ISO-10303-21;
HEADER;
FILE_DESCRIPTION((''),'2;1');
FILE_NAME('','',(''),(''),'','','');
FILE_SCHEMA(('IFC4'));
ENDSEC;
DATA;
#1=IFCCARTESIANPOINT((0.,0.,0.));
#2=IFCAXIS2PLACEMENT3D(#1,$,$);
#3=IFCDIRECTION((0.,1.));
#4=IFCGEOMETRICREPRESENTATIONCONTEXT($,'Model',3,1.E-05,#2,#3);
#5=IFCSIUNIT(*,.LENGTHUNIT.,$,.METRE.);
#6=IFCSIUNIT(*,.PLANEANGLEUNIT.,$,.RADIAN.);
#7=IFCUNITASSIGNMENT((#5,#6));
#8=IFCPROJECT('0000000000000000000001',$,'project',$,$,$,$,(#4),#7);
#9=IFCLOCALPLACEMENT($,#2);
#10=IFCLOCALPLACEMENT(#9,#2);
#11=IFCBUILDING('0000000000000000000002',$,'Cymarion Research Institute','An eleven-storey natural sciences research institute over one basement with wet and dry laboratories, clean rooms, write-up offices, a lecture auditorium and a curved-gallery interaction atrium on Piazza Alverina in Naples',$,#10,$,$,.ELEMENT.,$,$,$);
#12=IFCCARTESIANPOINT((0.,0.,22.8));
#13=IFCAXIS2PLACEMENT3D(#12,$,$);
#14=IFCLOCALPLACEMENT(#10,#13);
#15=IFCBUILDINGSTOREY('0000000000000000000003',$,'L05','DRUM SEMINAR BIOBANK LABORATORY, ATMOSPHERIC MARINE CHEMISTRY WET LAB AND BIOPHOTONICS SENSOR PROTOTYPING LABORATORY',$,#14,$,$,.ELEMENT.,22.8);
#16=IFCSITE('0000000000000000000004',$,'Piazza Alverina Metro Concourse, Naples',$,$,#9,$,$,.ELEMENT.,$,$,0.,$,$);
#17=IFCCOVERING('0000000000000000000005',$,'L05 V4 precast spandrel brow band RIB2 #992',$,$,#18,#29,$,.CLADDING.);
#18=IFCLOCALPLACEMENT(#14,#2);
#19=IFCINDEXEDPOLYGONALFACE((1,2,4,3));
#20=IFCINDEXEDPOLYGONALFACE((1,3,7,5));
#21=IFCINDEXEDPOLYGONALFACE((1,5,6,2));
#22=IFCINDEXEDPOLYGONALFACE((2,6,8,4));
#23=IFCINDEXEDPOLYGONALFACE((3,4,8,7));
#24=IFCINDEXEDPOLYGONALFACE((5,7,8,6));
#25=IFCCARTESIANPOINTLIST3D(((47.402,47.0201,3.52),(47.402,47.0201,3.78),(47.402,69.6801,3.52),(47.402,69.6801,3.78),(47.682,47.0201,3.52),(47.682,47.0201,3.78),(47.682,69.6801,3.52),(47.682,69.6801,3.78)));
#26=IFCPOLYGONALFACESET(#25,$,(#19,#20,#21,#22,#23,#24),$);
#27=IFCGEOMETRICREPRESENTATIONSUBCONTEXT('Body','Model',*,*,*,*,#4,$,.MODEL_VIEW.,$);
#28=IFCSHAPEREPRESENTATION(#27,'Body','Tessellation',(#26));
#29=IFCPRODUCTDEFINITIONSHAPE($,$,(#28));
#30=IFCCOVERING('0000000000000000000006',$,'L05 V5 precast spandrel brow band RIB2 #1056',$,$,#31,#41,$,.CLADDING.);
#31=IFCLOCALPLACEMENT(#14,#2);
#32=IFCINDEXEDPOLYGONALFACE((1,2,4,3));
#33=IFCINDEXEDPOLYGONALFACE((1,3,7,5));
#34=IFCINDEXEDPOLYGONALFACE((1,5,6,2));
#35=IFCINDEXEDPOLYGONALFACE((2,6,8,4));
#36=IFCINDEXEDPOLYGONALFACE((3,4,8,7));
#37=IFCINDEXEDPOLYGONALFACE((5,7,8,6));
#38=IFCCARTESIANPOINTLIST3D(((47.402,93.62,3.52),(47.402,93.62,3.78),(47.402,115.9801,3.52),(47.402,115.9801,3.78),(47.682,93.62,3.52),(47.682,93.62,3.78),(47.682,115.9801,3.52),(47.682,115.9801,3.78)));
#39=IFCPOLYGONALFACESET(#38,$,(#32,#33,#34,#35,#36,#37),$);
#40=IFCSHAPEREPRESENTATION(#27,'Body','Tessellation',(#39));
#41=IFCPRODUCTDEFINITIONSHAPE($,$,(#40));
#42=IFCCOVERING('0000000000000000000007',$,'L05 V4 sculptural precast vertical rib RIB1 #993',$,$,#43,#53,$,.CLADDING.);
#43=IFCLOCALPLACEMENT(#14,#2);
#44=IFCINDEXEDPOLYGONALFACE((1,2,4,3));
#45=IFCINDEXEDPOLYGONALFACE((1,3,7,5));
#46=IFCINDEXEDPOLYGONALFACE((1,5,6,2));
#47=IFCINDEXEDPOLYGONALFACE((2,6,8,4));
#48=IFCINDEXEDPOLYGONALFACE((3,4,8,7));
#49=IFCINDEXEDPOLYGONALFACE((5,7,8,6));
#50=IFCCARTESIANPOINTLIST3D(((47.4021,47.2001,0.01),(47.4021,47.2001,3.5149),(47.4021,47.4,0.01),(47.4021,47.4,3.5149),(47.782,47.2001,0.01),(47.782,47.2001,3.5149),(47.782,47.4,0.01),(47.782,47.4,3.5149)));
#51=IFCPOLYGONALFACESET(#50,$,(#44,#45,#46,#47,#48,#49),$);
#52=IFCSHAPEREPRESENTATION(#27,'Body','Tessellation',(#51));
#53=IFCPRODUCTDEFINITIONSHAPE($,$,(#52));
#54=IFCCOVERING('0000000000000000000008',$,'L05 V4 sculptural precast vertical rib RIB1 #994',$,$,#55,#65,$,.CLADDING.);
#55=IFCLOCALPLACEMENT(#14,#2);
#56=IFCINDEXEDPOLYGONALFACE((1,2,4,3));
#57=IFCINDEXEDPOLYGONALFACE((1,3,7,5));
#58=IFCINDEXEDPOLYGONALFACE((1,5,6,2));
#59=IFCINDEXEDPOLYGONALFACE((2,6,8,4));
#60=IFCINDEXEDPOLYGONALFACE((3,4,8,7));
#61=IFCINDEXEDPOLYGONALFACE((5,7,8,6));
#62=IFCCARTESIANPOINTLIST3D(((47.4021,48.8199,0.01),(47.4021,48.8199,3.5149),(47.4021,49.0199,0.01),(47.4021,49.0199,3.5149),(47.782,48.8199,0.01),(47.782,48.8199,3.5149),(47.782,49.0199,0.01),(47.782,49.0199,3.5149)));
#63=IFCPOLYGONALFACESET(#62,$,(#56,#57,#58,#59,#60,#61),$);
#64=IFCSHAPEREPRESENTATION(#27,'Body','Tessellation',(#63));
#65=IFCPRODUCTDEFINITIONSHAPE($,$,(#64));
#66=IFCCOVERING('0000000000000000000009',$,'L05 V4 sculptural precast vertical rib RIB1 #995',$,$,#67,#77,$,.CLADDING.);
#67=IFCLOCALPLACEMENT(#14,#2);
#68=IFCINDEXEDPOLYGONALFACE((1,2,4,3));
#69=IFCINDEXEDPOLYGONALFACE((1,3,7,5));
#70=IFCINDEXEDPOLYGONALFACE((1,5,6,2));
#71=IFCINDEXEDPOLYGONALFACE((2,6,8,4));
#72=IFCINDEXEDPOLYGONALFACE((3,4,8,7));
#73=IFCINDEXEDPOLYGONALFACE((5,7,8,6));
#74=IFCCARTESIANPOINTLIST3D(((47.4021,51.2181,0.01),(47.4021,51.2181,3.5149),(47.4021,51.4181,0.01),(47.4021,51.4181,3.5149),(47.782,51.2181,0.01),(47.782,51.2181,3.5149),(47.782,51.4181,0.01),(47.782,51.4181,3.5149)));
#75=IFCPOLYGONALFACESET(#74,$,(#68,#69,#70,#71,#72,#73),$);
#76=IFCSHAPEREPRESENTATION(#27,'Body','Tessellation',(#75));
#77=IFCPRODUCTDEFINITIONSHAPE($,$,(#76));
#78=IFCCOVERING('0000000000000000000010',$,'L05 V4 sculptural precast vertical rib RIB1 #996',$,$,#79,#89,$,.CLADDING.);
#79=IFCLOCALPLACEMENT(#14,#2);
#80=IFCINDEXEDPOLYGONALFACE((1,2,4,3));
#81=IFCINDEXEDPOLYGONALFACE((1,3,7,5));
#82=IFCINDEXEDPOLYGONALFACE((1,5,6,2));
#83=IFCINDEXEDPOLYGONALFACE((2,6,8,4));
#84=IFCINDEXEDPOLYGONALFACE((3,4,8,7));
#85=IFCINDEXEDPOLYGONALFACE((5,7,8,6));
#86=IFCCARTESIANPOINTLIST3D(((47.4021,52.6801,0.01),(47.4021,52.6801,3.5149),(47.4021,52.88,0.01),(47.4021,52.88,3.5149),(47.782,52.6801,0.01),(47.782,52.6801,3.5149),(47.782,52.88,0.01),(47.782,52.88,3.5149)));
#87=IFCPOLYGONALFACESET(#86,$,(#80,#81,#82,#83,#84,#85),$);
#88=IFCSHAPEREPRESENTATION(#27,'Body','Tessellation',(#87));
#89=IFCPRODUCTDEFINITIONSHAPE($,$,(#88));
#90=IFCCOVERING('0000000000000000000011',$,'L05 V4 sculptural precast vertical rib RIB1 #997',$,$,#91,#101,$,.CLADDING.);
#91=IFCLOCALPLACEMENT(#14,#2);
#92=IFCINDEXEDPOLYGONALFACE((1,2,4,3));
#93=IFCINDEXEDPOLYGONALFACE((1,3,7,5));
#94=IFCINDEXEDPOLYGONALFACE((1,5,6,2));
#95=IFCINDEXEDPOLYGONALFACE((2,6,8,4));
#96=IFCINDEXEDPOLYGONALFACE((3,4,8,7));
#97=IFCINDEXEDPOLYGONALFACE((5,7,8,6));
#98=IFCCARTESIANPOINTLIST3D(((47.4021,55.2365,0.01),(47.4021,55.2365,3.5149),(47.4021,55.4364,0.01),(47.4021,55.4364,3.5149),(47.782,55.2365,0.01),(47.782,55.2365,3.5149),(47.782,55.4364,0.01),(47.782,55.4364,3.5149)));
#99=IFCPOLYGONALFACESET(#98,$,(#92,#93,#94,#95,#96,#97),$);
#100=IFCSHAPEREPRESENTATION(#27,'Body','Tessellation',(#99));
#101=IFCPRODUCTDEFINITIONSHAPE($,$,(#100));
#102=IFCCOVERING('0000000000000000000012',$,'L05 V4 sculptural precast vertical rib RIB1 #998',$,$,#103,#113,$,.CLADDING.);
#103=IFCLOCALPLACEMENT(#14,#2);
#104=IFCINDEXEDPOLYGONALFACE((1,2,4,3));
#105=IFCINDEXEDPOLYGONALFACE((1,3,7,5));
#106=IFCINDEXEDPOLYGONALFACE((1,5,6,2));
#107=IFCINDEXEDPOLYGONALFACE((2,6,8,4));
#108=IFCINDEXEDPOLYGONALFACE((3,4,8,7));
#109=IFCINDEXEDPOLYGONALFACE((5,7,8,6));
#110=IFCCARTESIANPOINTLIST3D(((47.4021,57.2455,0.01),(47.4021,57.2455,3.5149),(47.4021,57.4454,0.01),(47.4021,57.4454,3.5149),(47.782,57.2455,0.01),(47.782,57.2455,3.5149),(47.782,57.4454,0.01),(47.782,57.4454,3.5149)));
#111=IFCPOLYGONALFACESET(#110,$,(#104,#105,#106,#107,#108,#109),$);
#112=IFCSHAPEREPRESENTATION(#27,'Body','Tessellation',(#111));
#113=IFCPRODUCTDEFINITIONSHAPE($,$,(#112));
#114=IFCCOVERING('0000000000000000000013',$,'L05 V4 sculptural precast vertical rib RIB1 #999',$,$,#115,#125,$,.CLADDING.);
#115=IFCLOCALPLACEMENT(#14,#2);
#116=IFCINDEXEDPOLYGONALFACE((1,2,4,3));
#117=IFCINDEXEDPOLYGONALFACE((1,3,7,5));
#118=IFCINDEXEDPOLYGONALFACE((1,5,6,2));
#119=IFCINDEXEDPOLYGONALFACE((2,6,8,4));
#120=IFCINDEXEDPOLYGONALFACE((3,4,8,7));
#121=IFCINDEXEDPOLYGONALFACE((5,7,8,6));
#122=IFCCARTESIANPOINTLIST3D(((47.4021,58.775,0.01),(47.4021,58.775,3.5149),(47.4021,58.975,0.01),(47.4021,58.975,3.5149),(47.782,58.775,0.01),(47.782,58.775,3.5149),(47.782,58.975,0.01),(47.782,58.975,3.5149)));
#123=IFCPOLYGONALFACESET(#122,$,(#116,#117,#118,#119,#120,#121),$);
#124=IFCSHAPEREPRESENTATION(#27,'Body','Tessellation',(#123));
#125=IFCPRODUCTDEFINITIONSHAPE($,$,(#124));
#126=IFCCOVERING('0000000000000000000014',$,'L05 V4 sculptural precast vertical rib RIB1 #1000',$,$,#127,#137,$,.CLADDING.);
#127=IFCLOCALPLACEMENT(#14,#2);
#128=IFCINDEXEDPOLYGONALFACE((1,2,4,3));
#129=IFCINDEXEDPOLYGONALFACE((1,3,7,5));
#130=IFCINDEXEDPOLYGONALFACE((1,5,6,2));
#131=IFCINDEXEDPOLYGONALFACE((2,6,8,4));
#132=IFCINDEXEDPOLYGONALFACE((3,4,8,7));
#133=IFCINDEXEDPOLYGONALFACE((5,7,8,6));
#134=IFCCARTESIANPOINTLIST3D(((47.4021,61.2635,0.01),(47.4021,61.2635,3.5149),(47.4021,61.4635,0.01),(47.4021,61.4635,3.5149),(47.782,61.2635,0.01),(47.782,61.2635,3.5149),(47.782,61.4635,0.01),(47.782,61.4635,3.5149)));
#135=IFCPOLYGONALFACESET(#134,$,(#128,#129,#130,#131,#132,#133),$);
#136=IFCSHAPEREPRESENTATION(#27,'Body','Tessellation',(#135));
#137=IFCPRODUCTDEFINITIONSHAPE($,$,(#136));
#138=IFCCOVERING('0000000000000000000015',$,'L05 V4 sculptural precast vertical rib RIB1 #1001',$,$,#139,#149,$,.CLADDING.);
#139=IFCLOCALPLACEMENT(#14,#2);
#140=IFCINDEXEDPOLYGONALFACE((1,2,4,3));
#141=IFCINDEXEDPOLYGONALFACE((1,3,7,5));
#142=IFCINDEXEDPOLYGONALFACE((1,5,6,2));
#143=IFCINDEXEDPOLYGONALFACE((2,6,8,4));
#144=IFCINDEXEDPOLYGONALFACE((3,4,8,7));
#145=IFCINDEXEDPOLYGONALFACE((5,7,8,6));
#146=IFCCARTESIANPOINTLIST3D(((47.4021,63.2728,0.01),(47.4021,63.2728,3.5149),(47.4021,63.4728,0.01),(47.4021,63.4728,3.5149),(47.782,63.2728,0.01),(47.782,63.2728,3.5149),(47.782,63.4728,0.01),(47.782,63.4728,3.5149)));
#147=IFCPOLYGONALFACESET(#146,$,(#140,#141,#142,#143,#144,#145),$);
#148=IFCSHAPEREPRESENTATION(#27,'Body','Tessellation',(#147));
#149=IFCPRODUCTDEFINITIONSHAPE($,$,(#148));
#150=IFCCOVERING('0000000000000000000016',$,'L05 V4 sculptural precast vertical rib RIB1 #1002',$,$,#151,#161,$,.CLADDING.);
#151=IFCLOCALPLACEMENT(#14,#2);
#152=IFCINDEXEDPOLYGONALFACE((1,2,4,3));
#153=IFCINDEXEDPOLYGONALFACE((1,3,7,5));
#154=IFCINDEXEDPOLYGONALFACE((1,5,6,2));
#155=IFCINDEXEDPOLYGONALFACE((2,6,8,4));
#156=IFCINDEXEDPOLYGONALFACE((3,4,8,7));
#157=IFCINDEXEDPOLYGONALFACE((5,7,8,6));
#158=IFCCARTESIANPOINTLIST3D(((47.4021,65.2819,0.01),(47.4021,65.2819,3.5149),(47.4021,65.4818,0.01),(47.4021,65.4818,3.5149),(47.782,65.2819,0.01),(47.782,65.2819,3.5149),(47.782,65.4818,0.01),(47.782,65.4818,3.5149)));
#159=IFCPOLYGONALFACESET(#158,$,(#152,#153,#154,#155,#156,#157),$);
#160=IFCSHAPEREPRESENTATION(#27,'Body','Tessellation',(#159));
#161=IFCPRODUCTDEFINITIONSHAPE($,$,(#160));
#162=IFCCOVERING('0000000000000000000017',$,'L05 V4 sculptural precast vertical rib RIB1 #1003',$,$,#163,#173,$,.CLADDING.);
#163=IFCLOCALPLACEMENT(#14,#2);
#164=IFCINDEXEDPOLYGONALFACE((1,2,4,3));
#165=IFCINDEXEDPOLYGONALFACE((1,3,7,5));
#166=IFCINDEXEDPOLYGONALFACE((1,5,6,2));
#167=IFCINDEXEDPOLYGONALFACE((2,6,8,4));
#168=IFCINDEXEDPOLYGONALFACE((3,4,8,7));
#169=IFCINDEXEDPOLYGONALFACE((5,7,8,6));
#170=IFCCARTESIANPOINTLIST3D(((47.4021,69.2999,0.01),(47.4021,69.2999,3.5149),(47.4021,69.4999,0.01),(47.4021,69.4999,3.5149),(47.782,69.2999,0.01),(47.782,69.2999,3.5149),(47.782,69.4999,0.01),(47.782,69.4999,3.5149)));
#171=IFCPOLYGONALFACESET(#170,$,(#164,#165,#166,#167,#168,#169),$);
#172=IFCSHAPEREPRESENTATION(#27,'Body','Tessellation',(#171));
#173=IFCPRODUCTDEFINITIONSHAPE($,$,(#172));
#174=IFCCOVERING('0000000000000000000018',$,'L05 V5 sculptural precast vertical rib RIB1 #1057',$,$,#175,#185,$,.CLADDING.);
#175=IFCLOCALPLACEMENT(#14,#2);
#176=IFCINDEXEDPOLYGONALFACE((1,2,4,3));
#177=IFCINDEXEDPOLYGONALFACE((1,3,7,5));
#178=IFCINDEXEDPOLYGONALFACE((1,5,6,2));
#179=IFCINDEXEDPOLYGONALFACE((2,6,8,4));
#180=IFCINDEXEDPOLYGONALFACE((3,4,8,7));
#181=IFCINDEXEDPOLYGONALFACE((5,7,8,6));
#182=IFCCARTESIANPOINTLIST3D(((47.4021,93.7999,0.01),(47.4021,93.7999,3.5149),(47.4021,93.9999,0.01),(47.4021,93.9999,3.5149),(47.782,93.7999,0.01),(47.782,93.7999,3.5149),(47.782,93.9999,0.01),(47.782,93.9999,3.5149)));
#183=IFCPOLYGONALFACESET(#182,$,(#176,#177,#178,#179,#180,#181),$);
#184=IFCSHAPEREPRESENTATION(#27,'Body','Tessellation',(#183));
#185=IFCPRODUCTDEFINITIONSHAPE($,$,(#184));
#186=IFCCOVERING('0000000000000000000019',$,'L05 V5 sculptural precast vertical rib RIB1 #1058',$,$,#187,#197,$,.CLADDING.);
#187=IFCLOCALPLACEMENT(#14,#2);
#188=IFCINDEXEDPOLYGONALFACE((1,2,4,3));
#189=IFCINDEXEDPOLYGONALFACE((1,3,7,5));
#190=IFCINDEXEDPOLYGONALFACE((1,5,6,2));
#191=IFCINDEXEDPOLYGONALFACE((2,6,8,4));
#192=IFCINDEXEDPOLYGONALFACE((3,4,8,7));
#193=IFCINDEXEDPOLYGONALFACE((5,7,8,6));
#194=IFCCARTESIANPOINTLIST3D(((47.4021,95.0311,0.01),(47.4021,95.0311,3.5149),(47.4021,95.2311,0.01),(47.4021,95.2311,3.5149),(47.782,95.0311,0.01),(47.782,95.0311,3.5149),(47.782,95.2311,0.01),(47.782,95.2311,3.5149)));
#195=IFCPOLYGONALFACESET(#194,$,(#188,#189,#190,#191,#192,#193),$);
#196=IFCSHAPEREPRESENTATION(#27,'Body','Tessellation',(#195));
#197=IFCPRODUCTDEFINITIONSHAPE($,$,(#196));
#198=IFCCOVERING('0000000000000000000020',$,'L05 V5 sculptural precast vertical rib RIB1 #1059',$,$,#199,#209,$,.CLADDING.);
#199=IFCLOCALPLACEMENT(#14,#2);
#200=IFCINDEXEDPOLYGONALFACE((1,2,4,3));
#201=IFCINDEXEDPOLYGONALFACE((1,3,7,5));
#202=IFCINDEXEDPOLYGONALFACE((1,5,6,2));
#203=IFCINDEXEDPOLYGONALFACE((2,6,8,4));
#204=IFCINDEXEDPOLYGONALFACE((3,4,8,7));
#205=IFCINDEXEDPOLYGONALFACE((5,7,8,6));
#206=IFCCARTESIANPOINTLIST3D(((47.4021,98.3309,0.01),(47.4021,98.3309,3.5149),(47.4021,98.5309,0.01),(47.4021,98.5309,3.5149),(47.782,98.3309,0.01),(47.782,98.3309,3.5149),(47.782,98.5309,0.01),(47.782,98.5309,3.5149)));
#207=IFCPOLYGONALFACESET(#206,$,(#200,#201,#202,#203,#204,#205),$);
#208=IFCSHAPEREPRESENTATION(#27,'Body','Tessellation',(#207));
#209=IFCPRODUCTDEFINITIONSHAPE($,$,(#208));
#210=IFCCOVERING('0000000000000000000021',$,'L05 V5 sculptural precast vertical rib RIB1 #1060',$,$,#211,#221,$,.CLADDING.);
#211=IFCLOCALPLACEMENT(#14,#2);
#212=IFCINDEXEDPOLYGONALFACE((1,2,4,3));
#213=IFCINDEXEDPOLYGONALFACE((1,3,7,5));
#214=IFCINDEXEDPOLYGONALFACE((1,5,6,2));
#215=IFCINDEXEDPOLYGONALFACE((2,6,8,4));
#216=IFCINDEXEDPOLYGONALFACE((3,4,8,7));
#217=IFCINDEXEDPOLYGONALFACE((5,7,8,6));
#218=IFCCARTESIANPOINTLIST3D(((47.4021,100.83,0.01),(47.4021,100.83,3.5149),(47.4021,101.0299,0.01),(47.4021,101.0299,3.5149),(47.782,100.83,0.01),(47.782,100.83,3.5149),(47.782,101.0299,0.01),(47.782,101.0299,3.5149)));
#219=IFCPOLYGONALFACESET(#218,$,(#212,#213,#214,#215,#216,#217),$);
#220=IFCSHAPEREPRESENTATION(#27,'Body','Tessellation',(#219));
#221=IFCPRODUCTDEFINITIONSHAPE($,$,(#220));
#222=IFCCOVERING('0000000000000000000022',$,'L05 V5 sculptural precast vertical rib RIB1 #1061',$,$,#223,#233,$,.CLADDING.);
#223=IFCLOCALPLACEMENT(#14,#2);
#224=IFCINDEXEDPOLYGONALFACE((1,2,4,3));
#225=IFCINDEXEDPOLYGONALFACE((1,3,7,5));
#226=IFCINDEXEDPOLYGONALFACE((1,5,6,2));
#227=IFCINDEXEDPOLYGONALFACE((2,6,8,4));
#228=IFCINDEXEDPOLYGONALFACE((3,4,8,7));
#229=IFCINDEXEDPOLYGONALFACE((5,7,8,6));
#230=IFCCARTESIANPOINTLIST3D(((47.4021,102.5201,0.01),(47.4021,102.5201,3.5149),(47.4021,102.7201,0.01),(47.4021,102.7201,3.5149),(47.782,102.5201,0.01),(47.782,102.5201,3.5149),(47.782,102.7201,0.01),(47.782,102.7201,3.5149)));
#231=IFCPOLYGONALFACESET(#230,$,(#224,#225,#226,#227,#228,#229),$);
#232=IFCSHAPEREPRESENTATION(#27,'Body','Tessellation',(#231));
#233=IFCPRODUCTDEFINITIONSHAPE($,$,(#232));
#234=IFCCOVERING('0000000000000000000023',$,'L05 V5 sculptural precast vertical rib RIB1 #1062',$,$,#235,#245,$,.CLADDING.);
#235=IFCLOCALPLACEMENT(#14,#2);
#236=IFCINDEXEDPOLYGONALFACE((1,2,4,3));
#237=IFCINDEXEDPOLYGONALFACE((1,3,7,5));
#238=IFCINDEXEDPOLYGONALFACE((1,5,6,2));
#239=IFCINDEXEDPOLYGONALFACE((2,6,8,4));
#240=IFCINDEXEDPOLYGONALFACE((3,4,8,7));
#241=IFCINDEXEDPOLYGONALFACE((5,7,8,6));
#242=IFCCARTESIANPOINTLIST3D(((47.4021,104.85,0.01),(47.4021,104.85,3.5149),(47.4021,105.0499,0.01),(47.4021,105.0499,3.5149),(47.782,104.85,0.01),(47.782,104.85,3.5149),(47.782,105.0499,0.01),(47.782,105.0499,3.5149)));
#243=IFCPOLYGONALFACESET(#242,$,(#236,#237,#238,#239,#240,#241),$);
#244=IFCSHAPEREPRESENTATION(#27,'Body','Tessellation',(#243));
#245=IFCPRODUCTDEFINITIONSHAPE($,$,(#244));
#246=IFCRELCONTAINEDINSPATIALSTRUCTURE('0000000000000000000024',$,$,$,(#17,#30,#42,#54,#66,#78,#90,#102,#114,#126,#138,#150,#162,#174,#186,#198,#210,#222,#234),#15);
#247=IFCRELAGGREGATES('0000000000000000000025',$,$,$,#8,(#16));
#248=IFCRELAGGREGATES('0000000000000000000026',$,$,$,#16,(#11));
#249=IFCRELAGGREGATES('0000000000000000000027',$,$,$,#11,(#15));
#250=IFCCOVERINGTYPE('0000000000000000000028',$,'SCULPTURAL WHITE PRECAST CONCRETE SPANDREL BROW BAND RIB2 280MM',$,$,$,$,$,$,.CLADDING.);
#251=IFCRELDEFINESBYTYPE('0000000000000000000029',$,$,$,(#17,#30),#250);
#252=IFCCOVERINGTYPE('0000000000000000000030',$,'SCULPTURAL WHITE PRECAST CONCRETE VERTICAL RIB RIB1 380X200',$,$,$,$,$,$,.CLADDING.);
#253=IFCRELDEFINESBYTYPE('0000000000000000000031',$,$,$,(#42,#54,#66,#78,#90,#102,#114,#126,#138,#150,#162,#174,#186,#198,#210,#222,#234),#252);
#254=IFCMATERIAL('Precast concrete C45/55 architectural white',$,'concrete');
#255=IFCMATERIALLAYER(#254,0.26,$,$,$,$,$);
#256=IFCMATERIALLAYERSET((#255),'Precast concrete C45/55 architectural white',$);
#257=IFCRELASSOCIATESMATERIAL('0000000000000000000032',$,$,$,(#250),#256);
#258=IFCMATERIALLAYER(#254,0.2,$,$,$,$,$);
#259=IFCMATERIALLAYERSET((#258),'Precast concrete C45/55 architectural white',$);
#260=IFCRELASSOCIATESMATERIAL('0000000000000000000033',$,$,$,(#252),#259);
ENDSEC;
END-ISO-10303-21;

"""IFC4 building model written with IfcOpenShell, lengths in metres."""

from ifc_helpers import new_model, si_unit, direction, frame, origin, origin_2d, place, context, subcontext, project, spatial, rectangle, extrude, material, layer, layer_set, type_object, element, save


model = new_model("IFC4")

# Units and contexts
model_context = context("Model", 3, precision=1e-05, world=origin(), true_north=direction((0.0, 1.0)))
body_context = subcontext(model_context, "Body", "Model", "MODEL_VIEW")
ifc_project = project(units=[si_unit("LENGTHUNIT", "METRE"), si_unit("PLANEANGLEUNIT", "RADIAN")], contexts=[model_context])

# Site, building, storey
site_placement = place(None, origin())
site = spatial("IfcSite", under=ifc_project, at=site_placement, Name="Piazza Alverina Metro Concourse, Naples", CompositionType="ELEMENT", RefElevation=0.0)
building_placement = place(site_placement, origin())
building = spatial("IfcBuilding", under=site, at=building_placement, Name="Cymarion Research Institute", Description="An eleven-storey natural sciences research institute over one basement with wet and dry laboratories, clean rooms, write-up offices, a lecture auditorium and a curved-gallery interaction atrium on Piazza Alverina in Naples", CompositionType="ELEMENT")
storey_placement = place(building_placement, frame((0.0, 0.0, 22.8)))
storey = spatial("IfcBuildingStorey", under=building, at=storey_placement, Name="L05", Description="DRUM SEMINAR BIOBANK LABORATORY, ATMOSPHERIC MARINE CHEMISTRY WET LAB AND BIOPHOTONICS SENSOR PROTOTYPING LABORATORY", CompositionType="ELEMENT", Elevation=22.8)

# Coverings
ifc_material_1 = material(Name="Precast concrete C45/55 architectural white", Category="concrete")
ifc_layer_1 = layer(ifc_material_1, 0.26)
ifc_layer_set_1 = layer_set([ifc_layer_1], Name="Precast concrete C45/55 architectural white")
covering_type_1 = type_object("IfcCoveringType", Name="SCULPTURAL WHITE PRECAST CONCRETE SPANDREL BROW BAND RIB2 280MM", PredefinedType="CLADDING", material=ifc_layer_set_1)
covering_1_placement = place(storey_placement, frame((47.542, 58.3501, 3.52), z_axis=(0.0, 0.0, 1.0), x_axis=(1.0, 0.0, 0.0)))
element("IfcCovering", 1, at=covering_1_placement, inside=storey, type_object=covering_type_1, Name="L05 V4 precast spandrel brow band RIB2 #992", PredefinedType="CLADDING", context=body_context, shape_type="SweptSolid", body=[
    extrude(rectangle(XDim=0.28, YDim=22.6599, at=origin_2d()), origin(), (0.0, 0.0, 1.0), 0.26),
])
covering_2_placement = place(storey_placement, frame((47.542, 104.8, 3.52), z_axis=(0.0, 0.0, 1.0), x_axis=(1.0, 0.0, 0.0)))
element("IfcCovering", 2, at=covering_2_placement, inside=storey, type_object=covering_type_1, Name="L05 V5 precast spandrel brow band RIB2 #1056", PredefinedType="CLADDING", context=body_context, shape_type="SweptSolid", body=[
    extrude(rectangle(XDim=0.28, YDim=22.3601, at=origin_2d()), origin(), (0.0, 0.0, 1.0), 0.26),
])
ifc_layer_2 = layer(ifc_material_1, 0.2)
ifc_layer_set_2 = layer_set([ifc_layer_2], Name="Precast concrete C45/55 architectural white")
covering_type_2 = type_object("IfcCoveringType", Name="SCULPTURAL WHITE PRECAST CONCRETE VERTICAL RIB RIB1 380X200", PredefinedType="CLADDING", material=ifc_layer_set_2)
for number, where, z_axis, x_axis, name in (
    (3, (47.592, 47.3, 0.01), (0.0, 0.0, 1.0), (1.0, 0.0, 0.0), "L05 V4 sculptural precast vertical rib RIB1 #993"),
    (4, (47.592, 48.9199, 0.01), (0.0, 0.0, 1.0), (1.0, 0.0, 0.0), "L05 V4 sculptural precast vertical rib RIB1 #994"),
    (5, (47.592, 51.3181, 0.01), (0.0, 0.0, 1.0), (1.0, 0.0, 0.0), "L05 V4 sculptural precast vertical rib RIB1 #995"),
    (6, (47.592, 52.78, 0.01), (0.0, 0.0, 1.0), (1.0, 0.0, 0.0), "L05 V4 sculptural precast vertical rib RIB1 #996"),
    (7, (47.592, 55.3364, 0.01), (0.0, 0.0, 1.0), (1.0, 0.0, 0.0), "L05 V4 sculptural precast vertical rib RIB1 #997"),
    (8, (47.592, 57.3455, 0.01), (0.0, 0.0, 1.0), (1.0, 0.0, 0.0), "L05 V4 sculptural precast vertical rib RIB1 #998"),
    (9, (47.592, 58.875, 0.01), (0.0, 0.0, 1.0), (1.0, 0.0, 0.0), "L05 V4 sculptural precast vertical rib RIB1 #999"),
    (10, (47.592, 61.3635, 0.01), (0.0, 0.0, 1.0), (1.0, 0.0, 0.0), "L05 V4 sculptural precast vertical rib RIB1 #1000"),
    (11, (47.592, 63.3728, 0.01), (0.0, 0.0, 1.0), (1.0, 0.0, 0.0), "L05 V4 sculptural precast vertical rib RIB1 #1001"),
    (12, (47.592, 65.3818, 0.01), (0.0, 0.0, 1.0), (1.0, 0.0, 0.0), "L05 V4 sculptural precast vertical rib RIB1 #1002"),
    (13, (47.592, 69.3999, 0.01), (0.0, 0.0, 1.0), (1.0, 0.0, 0.0), "L05 V4 sculptural precast vertical rib RIB1 #1003"),
    (14, (47.592, 93.8999, 0.01), (0.0, 0.0, 1.0), (1.0, 0.0, 0.0), "L05 V5 sculptural precast vertical rib RIB1 #1057"),
    (15, (47.592, 95.1311, 0.01), (0.0, 0.0, 1.0), (1.0, 0.0, 0.0), "L05 V5 sculptural precast vertical rib RIB1 #1058"),
    (16, (47.592, 98.4309, 0.01), (0.0, 0.0, 1.0), (1.0, 0.0, 0.0), "L05 V5 sculptural precast vertical rib RIB1 #1059"),
    (17, (47.592, 100.9299, 0.01), (0.0, 0.0, 1.0), (1.0, 0.0, 0.0), "L05 V5 sculptural precast vertical rib RIB1 #1060"),
    (18, (47.592, 102.6201, 0.01), (0.0, 0.0, 1.0), (1.0, 0.0, 0.0), "L05 V5 sculptural precast vertical rib RIB1 #1061"),
    (19, (47.592, 104.95, 0.01), (0.0, 0.0, 1.0), (1.0, 0.0, 0.0), "L05 V5 sculptural precast vertical rib RIB1 #1062"),
):
    element("IfcCovering", number, at=place(storey_placement, frame(where, z_axis=z_axis, x_axis=x_axis)), inside=storey, type_object=covering_type_2, Name=name, PredefinedType="CLADDING", context=body_context, shape_type="SweptSolid", body=[
        extrude(rectangle(XDim=0.3799, YDim=0.2, at=origin_2d()), origin(), (0.0, 0.0, 1.0), 3.5049),
    ])

save(model, "model.ifc")
